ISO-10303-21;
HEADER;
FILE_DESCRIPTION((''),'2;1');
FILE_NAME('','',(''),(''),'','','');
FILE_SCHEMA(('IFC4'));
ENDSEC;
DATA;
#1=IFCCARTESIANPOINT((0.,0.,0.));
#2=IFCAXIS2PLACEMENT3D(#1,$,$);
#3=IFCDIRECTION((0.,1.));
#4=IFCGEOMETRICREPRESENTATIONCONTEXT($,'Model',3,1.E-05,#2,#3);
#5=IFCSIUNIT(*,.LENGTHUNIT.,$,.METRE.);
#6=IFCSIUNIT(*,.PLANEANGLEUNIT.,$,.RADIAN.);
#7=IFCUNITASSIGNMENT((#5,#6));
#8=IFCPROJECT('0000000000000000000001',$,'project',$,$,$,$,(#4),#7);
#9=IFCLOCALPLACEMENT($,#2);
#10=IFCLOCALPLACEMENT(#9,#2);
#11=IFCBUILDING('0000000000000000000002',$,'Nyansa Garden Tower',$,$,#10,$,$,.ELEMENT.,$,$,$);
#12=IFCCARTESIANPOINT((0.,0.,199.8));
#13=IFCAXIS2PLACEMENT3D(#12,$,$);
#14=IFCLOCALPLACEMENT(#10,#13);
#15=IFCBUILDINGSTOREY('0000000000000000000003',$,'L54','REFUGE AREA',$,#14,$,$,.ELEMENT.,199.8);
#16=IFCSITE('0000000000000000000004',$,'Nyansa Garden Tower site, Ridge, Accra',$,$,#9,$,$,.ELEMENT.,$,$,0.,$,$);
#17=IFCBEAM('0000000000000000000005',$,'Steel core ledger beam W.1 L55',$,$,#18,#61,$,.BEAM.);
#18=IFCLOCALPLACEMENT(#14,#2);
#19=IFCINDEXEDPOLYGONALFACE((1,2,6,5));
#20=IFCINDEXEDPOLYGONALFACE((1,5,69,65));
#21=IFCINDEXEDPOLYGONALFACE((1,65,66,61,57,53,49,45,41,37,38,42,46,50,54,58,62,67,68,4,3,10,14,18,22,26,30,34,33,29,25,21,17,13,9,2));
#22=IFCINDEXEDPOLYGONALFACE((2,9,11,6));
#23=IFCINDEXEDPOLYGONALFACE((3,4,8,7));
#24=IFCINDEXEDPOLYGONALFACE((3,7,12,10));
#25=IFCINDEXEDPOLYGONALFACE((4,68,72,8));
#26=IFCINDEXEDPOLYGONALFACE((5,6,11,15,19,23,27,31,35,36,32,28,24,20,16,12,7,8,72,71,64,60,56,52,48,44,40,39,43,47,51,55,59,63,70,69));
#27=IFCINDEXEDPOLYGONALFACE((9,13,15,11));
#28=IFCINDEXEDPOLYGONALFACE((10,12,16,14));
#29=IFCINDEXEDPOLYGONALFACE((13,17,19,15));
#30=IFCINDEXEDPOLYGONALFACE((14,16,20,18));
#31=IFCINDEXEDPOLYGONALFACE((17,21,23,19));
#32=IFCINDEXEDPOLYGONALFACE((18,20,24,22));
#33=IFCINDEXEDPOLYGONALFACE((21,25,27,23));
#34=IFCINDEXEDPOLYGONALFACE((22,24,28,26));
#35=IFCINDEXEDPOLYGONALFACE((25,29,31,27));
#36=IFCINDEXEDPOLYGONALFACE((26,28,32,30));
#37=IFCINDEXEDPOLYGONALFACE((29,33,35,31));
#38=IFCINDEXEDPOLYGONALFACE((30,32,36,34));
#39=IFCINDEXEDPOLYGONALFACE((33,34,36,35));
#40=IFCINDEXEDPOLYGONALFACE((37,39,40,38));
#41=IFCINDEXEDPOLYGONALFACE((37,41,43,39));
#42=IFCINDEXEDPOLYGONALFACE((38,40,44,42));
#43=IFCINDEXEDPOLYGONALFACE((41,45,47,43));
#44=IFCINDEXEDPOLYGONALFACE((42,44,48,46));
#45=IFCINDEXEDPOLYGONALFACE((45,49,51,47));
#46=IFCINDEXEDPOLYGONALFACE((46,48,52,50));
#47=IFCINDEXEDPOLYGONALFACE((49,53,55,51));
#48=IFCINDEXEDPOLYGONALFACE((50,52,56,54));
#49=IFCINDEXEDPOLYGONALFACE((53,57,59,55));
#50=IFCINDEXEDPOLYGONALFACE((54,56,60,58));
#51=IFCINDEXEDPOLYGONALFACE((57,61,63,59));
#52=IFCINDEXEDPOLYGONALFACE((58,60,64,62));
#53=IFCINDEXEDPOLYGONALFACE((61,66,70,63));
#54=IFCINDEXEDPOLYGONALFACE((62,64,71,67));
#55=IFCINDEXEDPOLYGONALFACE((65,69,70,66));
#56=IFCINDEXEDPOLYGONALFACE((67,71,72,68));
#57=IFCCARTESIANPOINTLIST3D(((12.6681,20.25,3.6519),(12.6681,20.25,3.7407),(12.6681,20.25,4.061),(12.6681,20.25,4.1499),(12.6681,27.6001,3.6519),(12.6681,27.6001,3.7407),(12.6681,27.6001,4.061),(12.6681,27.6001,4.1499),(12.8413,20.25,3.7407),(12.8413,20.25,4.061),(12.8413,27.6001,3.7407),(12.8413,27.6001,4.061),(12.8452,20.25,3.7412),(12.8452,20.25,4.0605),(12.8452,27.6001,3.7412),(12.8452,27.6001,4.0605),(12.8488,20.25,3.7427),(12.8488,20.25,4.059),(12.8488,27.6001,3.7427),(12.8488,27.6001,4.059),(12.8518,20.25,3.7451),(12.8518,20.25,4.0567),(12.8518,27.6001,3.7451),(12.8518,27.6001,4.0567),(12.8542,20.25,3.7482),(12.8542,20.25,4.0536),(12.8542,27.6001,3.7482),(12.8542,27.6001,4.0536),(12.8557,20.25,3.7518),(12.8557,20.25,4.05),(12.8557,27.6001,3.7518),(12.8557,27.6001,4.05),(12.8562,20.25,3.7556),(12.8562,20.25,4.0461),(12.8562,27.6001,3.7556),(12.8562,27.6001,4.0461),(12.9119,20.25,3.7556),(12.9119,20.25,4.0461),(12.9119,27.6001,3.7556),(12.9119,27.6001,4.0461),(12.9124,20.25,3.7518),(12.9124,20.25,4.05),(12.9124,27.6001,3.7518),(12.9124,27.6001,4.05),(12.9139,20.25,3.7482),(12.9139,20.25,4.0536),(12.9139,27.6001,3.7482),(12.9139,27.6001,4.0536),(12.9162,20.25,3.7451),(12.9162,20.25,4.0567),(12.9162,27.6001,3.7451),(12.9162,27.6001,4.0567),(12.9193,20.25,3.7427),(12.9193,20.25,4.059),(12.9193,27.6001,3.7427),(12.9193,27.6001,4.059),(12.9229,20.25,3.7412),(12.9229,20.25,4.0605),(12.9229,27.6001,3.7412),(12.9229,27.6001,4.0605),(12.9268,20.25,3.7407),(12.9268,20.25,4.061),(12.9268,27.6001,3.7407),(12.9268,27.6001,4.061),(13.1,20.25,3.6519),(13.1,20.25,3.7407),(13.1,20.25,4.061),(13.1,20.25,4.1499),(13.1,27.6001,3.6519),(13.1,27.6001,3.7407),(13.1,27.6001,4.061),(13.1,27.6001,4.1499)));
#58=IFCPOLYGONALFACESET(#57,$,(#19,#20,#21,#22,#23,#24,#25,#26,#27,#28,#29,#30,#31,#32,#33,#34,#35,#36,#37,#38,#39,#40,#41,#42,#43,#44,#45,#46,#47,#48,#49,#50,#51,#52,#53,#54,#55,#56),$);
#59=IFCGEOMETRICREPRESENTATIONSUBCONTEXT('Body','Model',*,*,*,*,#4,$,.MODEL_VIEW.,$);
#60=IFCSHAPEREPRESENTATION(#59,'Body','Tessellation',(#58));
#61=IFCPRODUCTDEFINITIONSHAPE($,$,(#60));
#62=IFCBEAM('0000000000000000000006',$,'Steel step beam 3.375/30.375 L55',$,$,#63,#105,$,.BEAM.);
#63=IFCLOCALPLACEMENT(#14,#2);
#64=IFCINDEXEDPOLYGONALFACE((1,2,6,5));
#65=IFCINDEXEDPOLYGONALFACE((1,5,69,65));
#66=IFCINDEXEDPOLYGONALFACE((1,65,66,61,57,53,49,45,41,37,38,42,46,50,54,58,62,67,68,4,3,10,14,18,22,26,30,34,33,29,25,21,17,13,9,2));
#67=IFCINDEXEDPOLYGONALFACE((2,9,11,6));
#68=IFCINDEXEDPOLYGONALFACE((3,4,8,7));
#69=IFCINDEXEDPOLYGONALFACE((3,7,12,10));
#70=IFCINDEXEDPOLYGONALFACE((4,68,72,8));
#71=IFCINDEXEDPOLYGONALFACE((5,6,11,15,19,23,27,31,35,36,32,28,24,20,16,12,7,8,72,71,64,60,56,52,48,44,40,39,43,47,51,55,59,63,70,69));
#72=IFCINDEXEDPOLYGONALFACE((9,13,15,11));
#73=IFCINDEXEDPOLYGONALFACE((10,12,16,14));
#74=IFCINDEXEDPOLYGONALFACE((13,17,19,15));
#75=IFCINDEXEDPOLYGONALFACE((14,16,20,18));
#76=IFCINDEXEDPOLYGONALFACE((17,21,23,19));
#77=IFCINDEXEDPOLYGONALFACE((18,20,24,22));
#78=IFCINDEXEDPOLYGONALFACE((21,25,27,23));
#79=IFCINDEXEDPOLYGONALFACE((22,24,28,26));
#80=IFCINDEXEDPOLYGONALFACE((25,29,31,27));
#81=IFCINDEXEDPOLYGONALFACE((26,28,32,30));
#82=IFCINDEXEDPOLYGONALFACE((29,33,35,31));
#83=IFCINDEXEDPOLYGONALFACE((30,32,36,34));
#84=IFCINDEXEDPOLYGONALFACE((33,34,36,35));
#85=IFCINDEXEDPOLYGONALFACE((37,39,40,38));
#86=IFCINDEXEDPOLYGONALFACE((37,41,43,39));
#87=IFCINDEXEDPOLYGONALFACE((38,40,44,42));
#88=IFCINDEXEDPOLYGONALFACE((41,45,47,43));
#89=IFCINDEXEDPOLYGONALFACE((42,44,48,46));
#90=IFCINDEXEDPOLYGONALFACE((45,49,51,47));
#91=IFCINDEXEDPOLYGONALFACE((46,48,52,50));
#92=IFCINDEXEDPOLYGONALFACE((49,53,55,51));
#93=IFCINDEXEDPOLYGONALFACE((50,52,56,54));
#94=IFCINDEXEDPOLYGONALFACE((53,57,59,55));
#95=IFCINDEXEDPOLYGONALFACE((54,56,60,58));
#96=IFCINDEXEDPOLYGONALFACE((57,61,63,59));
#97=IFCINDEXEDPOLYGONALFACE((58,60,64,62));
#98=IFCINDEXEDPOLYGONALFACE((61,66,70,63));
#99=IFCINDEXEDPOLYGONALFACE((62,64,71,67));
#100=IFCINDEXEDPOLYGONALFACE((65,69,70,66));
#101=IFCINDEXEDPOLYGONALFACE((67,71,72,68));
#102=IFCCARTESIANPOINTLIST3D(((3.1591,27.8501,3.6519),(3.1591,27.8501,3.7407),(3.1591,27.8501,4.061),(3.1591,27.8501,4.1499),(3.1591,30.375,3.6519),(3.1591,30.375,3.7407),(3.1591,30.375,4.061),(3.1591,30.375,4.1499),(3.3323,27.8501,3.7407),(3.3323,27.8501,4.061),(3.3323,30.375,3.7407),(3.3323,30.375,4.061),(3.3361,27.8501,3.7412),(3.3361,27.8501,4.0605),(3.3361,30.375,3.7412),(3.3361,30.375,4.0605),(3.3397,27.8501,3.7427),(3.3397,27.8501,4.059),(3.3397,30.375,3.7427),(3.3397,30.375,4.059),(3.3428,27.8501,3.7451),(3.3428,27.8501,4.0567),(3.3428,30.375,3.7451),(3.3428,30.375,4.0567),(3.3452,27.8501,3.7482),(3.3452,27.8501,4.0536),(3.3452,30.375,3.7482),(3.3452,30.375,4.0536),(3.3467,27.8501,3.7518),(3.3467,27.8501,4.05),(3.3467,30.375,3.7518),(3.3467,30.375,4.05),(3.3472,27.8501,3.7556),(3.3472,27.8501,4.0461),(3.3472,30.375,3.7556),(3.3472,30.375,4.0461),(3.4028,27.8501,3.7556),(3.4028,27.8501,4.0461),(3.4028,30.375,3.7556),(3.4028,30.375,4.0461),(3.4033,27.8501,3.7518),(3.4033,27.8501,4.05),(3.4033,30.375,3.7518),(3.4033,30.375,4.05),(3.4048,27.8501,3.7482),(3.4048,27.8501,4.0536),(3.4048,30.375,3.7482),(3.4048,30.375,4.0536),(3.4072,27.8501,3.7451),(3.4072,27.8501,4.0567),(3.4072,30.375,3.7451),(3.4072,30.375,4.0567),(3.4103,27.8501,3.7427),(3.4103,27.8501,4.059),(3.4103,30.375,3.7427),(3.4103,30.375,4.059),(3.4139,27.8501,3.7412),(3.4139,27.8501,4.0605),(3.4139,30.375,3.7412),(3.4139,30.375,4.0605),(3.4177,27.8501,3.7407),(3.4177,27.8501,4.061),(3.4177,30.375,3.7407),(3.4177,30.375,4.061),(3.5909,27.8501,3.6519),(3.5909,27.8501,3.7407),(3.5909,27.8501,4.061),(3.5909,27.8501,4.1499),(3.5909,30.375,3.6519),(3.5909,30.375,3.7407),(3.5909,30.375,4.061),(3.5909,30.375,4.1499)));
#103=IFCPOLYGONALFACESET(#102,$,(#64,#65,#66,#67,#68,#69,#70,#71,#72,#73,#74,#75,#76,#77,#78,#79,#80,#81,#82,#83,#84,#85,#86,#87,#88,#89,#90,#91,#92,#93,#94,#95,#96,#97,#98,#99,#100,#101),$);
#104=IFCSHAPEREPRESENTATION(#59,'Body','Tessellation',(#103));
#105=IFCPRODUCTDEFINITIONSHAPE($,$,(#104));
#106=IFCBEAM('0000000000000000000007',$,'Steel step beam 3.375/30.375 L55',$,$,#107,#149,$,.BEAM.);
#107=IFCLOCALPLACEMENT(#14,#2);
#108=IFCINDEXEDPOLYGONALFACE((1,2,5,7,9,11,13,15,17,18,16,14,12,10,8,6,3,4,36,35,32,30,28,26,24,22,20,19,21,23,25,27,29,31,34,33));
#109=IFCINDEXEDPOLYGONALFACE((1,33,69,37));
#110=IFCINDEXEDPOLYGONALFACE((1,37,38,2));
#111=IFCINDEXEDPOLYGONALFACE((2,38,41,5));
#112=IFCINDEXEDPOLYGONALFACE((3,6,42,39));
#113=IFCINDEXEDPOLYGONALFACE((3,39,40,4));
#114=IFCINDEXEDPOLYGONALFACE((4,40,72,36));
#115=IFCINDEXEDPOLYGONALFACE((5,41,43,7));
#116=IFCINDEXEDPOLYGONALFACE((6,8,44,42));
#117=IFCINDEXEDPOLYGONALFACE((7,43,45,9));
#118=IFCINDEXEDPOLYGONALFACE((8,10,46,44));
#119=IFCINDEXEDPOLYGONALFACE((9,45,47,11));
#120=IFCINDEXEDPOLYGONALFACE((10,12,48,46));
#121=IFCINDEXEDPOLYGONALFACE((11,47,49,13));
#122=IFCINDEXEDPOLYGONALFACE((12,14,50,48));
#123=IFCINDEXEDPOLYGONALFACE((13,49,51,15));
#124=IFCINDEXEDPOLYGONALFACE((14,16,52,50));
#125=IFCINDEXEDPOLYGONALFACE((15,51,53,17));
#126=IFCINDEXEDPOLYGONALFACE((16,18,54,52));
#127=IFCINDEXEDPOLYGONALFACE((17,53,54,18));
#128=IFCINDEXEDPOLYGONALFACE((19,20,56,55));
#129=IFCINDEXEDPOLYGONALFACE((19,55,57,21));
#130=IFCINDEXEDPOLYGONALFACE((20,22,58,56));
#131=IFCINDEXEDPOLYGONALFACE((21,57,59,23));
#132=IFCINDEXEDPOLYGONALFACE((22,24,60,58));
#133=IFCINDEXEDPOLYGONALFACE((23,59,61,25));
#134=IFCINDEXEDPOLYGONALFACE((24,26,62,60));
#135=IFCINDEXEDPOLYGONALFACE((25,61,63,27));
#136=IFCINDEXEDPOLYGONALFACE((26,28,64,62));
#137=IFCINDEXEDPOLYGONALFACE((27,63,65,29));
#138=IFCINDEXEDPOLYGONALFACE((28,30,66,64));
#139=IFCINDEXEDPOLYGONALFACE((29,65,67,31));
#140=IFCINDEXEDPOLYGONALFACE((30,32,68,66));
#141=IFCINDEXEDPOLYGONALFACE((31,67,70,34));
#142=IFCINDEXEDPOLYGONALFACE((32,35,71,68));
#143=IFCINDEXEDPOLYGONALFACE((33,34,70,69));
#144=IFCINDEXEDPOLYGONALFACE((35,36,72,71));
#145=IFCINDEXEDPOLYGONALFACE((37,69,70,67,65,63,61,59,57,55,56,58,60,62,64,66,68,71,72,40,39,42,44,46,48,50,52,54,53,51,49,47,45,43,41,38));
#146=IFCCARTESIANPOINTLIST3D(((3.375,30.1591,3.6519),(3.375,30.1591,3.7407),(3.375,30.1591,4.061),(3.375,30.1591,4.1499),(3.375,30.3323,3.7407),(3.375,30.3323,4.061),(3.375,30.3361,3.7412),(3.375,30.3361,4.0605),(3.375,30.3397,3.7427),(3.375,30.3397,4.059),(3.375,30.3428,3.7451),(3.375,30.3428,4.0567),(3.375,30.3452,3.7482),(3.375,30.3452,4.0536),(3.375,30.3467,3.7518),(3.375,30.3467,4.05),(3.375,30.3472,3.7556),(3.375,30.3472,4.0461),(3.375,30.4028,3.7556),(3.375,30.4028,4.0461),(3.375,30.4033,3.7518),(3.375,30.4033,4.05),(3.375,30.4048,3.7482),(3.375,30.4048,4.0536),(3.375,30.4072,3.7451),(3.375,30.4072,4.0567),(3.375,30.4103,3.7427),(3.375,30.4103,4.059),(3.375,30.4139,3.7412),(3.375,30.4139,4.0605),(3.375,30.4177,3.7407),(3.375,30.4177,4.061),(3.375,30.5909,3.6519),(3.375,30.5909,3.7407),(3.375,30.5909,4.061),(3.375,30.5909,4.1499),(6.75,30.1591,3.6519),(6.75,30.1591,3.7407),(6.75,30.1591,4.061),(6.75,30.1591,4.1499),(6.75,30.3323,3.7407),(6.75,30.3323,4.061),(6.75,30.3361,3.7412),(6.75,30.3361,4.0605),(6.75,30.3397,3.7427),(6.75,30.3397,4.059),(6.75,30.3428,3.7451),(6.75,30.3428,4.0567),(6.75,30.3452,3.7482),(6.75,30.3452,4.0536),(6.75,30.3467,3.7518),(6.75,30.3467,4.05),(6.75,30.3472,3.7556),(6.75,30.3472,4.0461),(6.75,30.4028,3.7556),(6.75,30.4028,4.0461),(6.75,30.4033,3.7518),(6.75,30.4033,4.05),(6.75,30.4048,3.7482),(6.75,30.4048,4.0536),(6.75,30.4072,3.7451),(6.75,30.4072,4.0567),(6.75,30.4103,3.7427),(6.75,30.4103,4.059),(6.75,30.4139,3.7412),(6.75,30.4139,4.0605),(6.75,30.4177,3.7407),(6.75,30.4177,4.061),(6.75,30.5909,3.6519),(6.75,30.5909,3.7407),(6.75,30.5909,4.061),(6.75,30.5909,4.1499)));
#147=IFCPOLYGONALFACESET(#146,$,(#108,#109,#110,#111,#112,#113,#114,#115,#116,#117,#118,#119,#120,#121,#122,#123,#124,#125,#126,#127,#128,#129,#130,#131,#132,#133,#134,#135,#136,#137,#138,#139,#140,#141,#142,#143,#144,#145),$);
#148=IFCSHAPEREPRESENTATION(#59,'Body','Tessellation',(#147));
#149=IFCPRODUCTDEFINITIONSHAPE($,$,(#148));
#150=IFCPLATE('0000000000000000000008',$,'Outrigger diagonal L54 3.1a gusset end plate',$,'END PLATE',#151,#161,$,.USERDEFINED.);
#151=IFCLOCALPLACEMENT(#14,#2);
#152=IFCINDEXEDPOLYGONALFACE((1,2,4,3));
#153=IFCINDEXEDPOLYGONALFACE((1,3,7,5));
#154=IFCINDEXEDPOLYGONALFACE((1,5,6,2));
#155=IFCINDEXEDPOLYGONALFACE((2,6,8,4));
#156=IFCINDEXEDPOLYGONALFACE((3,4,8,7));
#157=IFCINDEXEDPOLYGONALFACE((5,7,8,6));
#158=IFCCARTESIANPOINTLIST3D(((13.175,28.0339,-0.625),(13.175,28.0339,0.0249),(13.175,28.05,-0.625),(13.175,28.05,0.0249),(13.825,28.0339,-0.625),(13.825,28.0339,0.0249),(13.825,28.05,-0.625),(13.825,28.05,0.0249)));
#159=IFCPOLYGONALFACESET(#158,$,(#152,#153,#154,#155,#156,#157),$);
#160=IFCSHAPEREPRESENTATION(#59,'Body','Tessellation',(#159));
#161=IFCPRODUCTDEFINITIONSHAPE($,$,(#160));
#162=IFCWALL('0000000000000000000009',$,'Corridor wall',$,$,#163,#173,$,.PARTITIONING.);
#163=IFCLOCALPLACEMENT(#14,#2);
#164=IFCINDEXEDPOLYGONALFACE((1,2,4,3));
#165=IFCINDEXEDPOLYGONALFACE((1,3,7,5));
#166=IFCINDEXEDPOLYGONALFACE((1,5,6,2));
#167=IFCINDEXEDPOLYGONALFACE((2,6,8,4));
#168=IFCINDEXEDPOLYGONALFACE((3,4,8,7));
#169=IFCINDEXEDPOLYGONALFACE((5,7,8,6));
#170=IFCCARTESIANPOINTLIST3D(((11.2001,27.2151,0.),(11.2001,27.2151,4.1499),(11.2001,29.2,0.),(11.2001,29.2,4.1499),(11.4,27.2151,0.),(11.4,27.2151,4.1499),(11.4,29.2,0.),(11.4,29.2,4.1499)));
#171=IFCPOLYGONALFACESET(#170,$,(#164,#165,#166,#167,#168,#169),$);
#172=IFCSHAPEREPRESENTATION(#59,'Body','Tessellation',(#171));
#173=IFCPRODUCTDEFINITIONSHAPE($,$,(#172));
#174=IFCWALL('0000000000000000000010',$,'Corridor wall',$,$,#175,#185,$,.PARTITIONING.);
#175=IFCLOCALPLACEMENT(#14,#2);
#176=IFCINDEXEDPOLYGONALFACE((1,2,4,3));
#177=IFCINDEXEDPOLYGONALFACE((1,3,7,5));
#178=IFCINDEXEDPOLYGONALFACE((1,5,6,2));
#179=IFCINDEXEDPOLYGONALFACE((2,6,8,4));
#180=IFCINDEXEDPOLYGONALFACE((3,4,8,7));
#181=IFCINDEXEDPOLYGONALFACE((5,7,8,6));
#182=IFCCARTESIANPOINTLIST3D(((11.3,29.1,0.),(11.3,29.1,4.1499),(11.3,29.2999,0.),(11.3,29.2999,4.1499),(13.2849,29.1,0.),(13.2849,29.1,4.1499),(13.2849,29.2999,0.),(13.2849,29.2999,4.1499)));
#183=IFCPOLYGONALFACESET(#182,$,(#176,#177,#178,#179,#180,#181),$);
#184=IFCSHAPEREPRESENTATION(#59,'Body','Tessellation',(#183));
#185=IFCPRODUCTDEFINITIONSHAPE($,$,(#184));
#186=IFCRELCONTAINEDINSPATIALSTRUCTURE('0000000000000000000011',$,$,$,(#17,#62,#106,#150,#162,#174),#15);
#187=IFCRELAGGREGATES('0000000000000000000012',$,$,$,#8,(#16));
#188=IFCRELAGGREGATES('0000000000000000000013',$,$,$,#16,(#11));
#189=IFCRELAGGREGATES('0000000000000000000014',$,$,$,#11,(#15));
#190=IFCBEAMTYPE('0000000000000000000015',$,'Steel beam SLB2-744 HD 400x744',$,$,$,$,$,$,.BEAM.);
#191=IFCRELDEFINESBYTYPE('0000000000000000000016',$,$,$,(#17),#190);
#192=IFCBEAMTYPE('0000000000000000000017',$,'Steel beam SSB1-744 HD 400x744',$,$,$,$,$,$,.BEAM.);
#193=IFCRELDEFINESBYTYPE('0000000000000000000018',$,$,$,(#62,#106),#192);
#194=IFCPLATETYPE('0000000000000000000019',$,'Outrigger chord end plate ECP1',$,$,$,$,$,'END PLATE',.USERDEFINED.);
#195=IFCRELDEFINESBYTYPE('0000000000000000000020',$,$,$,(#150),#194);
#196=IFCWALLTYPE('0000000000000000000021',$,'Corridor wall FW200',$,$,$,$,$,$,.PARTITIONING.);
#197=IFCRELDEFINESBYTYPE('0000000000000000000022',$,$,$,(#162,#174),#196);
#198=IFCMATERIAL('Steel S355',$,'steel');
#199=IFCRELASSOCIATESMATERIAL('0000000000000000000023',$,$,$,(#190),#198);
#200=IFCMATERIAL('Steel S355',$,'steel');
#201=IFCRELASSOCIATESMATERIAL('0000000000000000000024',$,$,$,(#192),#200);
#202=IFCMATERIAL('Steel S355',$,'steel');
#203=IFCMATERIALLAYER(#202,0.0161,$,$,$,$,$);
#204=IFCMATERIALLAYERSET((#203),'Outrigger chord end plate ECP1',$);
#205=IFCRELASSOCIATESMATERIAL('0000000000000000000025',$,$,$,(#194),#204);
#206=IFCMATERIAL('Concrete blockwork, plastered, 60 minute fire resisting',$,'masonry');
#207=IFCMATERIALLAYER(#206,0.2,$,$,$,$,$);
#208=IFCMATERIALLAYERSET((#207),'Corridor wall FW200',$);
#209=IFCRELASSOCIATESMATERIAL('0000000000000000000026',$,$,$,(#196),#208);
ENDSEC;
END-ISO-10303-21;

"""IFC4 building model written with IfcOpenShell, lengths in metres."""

from ifc_helpers import new_model, si_unit, direction, frame, frame_2d, origin, origin_2d, place, context, subcontext, project, spatial, rectangle, i_section, extrude, material, layer, layer_set, material_profile, profile_set, type_object, element, save


model = new_model("IFC4")

# Units and contexts
model_context = context("Model", 3, precision=1e-05, world=origin(), true_north=direction((0.0, 1.0)))
body_context = subcontext(model_context, "Body", "Model", "MODEL_VIEW")
ifc_project = project(units=[si_unit("LENGTHUNIT", "METRE"), si_unit("PLANEANGLEUNIT", "RADIAN")], contexts=[model_context])

# Site, building, storey
site_placement = place(None, origin())
site = spatial("IfcSite", under=ifc_project, at=site_placement, Name="Nyansa Garden Tower site, Ridge, Accra", CompositionType="ELEMENT", RefElevation=0.0)
building_placement = place(site_placement, origin())
building = spatial("IfcBuilding", under=site, at=building_placement, Name="Nyansa Garden Tower", CompositionType="ELEMENT")
storey_placement = place(building_placement, frame((0.0, 0.0, 199.8)))
storey = spatial("IfcBuildingStorey", under=building, at=storey_placement, Name="L54", Description="REFUGE AREA", CompositionType="ELEMENT", Elevation=199.8)

# Beams
ifc_material_1 = material(Name="Steel S355", Category="steel")
ifc_material_profile_1 = material_profile(ifc_material_1, i_section(OverallWidth=0.4319, OverallDepth=0.498, WebThickness=0.0557, FlangeThickness=0.0889, FilletRadius=0.0149, at=origin_2d()), Name="HD 400x744")
ifc_profile_set_1 = profile_set([ifc_material_profile_1], Name="Steel S355")
beam_type_1 = type_object("IfcBeamType", Name="Steel beam SLB2-744 HD 400x744", PredefinedType="BEAM", material=ifc_profile_set_1)
beam_1_placement = place(storey_placement, frame((12.884, 27.6001, 3.9009), z_axis=(0.0, -1.0, 0.0), x_axis=(1.0, 0.0, 0.0)))
element("IfcBeam", 1, at=beam_1_placement, inside=storey, type_object=beam_type_1, Name="Steel core ledger beam W.1 L55", PredefinedType="BEAM", context=body_context, shape_type="SweptSolid", body=[
    extrude(i_section(OverallWidth=0.4319, OverallDepth=0.498, WebThickness=0.0557, FlangeThickness=0.0889, FilletRadius=0.0149, at=origin_2d()), origin(), (0.0, 0.0, 1.0), 7.3501),
])
ifc_material_2 = material(Name="Steel S355", Category="steel")
ifc_material_profile_2 = material_profile(ifc_material_2, i_section(OverallWidth=0.4319, OverallDepth=0.498, WebThickness=0.0557, FlangeThickness=0.0889, FilletRadius=0.0149, at=origin_2d()), Name="HD 400x744")
ifc_profile_set_2 = profile_set([ifc_material_profile_2], Name="Steel S355")
beam_type_2 = type_object("IfcBeamType", Name="Steel beam SSB1-744 HD 400x744", PredefinedType="BEAM", material=ifc_profile_set_2)
beam_2_placement = place(storey_placement, frame((3.375, 30.375, 3.9009), z_axis=(0.0, -1.0, 0.0), x_axis=(1.0, 0.0, 0.0)))
element("IfcBeam", 2, at=beam_2_placement, inside=storey, type_object=beam_type_2, Name="Steel step beam 3.375/30.375 L55", PredefinedType="BEAM", context=body_context, shape_type="SweptSolid", body=[
    extrude(i_section(OverallWidth=0.4319, OverallDepth=0.498, WebThickness=0.0557, FlangeThickness=0.0889, FilletRadius=0.0149, at=origin_2d()), origin(), (0.0, 0.0, 1.0), 2.5249),
])
beam_3_placement = place(storey_placement, frame((3.375, 30.375, 3.9009), z_axis=(1.0, 0.0, 0.0), x_axis=(0.0, 1.0, 0.0)))
element("IfcBeam", 3, at=beam_3_placement, inside=storey, type_object=beam_type_2, Name="Steel step beam 3.375/30.375 L55", PredefinedType="BEAM", context=body_context, shape_type="SweptSolid", body=[
    extrude(i_section(OverallWidth=0.4319, OverallDepth=0.498, WebThickness=0.0557, FlangeThickness=0.0889, FilletRadius=0.0149, at=origin_2d()), origin(), (0.0, 0.0, 1.0), 3.375),
])

# Plate
ifc_material_3 = material(Name="Steel S355", Category="steel")
ifc_layer_1 = layer(ifc_material_3, 0.0161)
ifc_layer_set_1 = layer_set([ifc_layer_1], Name="Outrigger chord end plate ECP1")
plate_type = type_object("IfcPlateType", Name="Outrigger chord end plate ECP1", ElementType="END PLATE", PredefinedType="USERDEFINED", material=ifc_layer_set_1)
plate_placement = place(storey_placement, frame((13.5, 28.042, -0.625), z_axis=(0.0, 0.0, 1.0), x_axis=(1.0, 0.0, 0.0)))
element("IfcPlate", 4, at=plate_placement, inside=storey, type_object=plate_type, Name="Outrigger diagonal L54 3.1a gusset end plate", ObjectType="END PLATE", PredefinedType="USERDEFINED", context=body_context, shape_type="SweptSolid", body=[
    extrude(rectangle(XDim=0.6499, YDim=0.0161, at=origin_2d()), origin(), (0.0, 0.0, 1.0), 0.6499),
])

# Walls
ifc_material_4 = material(Name="Concrete blockwork, plastered, 60 minute fire resisting", Category="masonry")
ifc_layer_2 = layer(ifc_material_4, 0.2)
ifc_layer_set_2 = layer_set([ifc_layer_2], Name="Corridor wall FW200")
wall_type_1 = type_object("IfcWallType", Name="Corridor wall FW200", PredefinedType="PARTITIONING", material=ifc_layer_set_2)
for number, where, z_axis, x_axis, name in (
    (5, (11.3, 27.2151, 0.0), (0.0, 0.0, 1.0), (0.0, 1.0, 0.0), "Corridor wall"),
    (6, (11.3, 29.2, 0.0), (0.0, 0.0, 1.0), (1.0, 0.0, 0.0), "Corridor wall"),
):
    element("IfcWall", number, at=place(storey_placement, frame(where, z_axis=z_axis, x_axis=x_axis)), inside=storey, type_object=wall_type_1, Name=name, PredefinedType="PARTITIONING", context=body_context, shape_type="SweptSolid", body=[
        extrude(rectangle(XDim=1.9849, YDim=0.2, at=frame_2d((0.9924, 0.0))), origin(), (0.0, 0.0, 1.0), 4.1499),
    ])

save(model, "model.ifc")
